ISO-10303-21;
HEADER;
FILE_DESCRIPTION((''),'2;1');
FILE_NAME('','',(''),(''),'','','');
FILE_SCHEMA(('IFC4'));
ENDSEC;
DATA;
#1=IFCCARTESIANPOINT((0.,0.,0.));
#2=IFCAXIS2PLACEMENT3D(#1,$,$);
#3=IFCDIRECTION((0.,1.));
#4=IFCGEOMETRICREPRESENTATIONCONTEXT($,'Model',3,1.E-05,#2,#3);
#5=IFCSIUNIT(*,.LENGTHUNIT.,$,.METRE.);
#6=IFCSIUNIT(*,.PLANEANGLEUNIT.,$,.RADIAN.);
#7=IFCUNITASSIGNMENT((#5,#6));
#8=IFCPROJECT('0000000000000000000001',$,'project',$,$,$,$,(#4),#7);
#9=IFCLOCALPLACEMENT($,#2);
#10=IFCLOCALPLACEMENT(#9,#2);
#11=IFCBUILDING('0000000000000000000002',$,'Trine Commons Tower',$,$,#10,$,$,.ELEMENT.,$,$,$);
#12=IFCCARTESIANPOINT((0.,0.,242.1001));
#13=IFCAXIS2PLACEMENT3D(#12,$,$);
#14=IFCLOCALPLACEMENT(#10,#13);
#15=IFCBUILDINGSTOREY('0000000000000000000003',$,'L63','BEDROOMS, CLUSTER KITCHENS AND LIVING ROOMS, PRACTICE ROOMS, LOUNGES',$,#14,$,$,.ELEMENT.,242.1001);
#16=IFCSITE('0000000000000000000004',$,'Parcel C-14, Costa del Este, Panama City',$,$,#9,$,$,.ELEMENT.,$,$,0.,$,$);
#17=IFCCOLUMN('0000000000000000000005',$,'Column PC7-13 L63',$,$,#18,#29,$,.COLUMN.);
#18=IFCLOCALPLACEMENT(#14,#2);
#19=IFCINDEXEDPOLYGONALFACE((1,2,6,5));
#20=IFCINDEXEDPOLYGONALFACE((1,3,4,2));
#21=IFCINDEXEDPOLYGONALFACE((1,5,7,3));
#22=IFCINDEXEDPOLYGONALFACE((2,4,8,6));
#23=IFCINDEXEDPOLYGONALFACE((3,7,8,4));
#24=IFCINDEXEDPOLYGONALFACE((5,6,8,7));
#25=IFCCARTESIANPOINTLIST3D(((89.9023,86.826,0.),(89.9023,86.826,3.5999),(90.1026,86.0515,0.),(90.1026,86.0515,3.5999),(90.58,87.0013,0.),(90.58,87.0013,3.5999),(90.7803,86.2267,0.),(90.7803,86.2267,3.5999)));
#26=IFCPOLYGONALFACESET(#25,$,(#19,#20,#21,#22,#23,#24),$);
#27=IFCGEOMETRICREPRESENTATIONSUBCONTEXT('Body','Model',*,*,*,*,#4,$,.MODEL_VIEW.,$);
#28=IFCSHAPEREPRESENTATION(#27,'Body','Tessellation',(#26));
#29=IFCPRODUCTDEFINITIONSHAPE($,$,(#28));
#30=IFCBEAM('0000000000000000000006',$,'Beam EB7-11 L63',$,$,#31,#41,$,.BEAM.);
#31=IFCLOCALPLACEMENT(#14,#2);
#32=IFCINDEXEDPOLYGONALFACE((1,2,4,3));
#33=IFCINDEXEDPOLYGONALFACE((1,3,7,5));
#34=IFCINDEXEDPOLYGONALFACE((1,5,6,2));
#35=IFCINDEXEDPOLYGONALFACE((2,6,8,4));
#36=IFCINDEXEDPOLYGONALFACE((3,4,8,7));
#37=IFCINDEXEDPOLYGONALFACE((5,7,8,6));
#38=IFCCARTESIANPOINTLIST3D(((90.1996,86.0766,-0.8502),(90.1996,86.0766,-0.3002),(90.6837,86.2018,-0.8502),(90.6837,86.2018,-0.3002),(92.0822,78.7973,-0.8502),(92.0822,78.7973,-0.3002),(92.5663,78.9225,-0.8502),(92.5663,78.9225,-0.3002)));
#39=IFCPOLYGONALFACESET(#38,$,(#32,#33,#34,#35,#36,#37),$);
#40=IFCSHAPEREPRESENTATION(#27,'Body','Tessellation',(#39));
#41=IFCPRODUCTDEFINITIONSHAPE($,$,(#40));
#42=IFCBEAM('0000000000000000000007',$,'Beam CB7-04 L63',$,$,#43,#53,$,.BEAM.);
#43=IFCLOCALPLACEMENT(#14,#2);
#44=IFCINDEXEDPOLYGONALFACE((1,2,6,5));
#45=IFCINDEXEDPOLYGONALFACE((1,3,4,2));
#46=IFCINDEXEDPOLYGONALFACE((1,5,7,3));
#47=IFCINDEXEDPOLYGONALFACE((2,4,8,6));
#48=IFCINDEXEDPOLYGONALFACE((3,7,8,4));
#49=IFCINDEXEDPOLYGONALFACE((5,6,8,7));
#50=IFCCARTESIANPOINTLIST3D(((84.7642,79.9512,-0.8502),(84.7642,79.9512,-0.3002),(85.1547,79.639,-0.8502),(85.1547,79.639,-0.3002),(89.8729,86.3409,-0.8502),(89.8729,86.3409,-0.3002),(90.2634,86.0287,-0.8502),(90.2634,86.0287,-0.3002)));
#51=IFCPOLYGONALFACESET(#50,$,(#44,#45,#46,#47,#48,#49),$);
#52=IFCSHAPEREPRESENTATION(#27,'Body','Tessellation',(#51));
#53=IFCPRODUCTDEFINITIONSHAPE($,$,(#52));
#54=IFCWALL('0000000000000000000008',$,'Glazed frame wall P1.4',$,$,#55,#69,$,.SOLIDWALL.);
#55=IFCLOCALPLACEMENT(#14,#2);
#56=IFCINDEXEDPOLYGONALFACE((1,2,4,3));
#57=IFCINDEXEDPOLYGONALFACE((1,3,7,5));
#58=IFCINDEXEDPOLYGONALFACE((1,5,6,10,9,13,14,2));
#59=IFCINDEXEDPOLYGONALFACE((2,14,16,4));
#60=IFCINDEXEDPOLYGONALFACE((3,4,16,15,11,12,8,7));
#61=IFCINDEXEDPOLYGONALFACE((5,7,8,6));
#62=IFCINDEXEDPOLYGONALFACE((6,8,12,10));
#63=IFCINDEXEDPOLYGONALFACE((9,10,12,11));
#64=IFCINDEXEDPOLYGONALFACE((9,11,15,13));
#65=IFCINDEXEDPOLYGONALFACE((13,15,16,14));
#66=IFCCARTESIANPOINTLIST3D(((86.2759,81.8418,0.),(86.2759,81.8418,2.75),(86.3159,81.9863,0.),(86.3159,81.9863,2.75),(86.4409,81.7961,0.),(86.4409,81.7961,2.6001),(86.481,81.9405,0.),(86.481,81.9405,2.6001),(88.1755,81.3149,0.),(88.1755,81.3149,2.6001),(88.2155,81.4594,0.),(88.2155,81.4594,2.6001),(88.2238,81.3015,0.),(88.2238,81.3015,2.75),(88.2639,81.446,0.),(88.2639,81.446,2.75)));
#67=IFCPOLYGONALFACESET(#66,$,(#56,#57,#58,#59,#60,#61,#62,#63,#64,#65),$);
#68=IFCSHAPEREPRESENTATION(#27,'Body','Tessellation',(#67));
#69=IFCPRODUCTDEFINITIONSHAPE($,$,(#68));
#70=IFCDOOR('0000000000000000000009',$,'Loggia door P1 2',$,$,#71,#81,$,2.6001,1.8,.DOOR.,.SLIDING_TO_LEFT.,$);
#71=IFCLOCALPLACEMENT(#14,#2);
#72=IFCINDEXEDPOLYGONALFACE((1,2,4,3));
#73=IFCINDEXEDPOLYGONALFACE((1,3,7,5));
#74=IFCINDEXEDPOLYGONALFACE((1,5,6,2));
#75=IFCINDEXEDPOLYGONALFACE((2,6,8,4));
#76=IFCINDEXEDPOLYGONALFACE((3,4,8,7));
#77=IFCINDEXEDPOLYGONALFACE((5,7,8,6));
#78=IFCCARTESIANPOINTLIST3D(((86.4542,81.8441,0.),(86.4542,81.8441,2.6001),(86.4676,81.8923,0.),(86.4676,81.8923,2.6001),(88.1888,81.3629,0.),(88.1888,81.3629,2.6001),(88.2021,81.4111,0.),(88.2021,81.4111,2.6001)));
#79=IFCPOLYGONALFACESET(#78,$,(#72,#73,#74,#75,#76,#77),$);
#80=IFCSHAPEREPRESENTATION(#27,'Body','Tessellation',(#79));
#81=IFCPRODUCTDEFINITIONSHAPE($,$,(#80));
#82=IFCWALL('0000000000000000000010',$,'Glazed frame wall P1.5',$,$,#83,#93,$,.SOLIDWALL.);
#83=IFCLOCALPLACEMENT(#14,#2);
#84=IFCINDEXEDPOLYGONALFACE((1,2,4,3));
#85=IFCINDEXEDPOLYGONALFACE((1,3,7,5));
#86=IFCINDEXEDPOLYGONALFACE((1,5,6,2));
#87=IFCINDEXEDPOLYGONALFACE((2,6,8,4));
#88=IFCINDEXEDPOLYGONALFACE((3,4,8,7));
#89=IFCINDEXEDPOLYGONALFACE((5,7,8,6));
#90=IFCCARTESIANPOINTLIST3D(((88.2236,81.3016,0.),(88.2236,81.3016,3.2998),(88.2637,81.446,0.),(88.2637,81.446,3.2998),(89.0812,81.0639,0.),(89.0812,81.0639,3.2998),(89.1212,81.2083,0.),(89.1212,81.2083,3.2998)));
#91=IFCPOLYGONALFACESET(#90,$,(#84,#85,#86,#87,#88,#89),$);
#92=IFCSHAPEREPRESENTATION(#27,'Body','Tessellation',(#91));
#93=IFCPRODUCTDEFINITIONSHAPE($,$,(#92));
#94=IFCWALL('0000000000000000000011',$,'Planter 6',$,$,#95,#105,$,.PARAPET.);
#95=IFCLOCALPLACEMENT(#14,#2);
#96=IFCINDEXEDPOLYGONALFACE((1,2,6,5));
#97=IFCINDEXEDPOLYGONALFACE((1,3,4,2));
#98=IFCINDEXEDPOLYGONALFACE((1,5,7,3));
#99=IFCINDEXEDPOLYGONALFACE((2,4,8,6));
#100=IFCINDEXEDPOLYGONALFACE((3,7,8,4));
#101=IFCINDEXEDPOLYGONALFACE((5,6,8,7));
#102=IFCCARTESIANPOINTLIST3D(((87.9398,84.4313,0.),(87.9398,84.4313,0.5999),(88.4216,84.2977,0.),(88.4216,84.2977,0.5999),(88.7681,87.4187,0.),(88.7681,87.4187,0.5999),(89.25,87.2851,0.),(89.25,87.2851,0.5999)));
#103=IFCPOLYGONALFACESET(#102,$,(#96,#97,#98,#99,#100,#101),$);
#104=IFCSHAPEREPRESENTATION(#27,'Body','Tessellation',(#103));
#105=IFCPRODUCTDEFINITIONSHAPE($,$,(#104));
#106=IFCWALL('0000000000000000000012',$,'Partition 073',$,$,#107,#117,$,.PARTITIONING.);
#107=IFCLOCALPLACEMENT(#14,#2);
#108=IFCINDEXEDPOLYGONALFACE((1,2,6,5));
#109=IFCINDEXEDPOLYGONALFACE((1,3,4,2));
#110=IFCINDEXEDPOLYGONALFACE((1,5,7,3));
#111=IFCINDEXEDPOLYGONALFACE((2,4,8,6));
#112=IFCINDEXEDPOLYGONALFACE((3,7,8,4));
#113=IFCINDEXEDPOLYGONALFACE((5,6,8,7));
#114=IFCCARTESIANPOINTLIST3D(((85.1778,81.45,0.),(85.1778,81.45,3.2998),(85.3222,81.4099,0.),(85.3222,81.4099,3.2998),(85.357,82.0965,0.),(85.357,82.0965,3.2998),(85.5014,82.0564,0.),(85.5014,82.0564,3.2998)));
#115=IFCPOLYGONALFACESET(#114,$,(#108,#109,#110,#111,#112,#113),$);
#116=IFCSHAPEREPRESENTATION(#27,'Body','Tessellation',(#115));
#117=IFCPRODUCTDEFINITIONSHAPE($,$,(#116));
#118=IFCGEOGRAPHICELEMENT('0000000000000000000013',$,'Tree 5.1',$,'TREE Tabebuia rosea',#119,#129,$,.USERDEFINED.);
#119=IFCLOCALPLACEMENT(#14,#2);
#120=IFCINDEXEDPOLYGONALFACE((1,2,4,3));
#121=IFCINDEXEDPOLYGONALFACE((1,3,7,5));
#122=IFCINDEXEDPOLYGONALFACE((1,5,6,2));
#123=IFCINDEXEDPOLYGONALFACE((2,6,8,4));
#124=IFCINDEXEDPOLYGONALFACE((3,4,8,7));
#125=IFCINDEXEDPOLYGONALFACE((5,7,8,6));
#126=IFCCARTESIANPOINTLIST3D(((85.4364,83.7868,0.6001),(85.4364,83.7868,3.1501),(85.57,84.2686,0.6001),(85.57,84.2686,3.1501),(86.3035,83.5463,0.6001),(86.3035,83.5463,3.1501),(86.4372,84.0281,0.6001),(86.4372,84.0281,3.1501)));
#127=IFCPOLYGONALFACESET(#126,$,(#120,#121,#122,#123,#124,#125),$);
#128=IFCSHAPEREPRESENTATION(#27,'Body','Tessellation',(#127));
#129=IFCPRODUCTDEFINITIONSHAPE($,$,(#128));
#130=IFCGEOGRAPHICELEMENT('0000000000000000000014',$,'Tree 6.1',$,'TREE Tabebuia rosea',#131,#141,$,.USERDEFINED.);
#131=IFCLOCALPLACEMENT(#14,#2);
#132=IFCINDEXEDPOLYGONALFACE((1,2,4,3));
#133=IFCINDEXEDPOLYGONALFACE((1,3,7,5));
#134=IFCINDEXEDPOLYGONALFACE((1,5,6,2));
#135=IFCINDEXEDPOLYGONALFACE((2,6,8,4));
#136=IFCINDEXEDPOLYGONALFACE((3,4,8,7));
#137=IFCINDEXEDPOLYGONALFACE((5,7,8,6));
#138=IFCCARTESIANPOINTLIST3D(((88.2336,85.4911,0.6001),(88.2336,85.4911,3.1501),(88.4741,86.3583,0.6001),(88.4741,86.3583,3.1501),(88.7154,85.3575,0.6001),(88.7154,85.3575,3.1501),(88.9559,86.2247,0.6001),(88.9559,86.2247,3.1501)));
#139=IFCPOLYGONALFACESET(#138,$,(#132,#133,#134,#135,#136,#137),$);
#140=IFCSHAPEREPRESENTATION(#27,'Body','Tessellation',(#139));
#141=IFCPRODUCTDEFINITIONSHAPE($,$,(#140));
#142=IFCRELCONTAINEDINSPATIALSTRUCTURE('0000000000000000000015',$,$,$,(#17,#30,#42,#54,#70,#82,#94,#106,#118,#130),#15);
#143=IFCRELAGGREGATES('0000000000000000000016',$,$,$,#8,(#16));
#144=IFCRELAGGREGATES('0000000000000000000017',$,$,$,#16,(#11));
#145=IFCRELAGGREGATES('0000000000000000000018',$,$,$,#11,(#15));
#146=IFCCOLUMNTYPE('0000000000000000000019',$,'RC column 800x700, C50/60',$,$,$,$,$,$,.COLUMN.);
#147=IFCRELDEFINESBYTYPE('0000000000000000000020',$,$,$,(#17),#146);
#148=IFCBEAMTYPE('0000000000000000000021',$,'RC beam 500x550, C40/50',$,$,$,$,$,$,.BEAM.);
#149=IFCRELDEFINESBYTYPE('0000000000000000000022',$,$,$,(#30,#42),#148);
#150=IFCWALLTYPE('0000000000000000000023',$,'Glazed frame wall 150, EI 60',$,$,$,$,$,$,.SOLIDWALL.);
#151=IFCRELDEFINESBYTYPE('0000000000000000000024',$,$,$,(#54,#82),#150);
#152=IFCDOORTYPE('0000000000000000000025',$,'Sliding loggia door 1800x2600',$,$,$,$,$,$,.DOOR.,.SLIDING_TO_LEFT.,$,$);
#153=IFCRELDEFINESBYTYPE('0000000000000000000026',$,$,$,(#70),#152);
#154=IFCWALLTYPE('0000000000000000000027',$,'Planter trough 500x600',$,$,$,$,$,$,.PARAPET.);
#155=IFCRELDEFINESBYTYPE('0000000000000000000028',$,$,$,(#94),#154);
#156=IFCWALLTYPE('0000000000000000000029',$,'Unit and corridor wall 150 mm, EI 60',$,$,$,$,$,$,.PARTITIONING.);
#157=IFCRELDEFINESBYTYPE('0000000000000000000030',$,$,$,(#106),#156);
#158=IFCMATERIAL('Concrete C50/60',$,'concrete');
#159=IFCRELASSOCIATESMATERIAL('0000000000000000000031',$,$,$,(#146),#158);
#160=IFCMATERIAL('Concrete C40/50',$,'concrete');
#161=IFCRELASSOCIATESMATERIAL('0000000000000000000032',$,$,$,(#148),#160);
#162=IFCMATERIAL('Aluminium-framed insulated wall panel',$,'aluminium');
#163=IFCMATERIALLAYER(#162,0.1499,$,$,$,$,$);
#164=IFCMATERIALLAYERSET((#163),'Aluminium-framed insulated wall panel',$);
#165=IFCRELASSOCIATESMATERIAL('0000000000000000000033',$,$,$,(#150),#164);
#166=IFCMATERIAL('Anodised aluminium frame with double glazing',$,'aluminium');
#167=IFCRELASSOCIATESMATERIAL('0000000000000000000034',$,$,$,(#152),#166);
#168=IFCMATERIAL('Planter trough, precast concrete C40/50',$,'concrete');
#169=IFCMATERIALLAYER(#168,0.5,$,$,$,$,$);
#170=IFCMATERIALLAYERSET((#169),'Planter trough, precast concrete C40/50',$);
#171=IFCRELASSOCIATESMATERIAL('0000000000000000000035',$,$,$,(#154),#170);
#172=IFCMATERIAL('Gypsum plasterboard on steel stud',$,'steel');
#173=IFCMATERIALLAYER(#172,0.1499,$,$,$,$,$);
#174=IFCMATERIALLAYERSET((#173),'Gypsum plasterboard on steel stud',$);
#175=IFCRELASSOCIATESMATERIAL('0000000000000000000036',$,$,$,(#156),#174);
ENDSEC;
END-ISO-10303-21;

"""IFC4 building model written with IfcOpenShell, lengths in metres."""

from ifc_helpers import new_model, si_unit, direction, frame, frame_2d, origin, origin_2d, place, context, subcontext, project, spatial, polyline, rectangle, outline, extrude, material, layer, layer_set, material_profile, profile_set, type_object, element, fill, save


model = new_model("IFC4")

# Units and contexts
model_context = context("Model", 3, precision=1e-05, world=origin(), true_north=direction((0.0, 1.0)))
body_context = subcontext(model_context, "Body", "Model", "MODEL_VIEW")
ifc_project = project(units=[si_unit("LENGTHUNIT", "METRE"), si_unit("PLANEANGLEUNIT", "RADIAN")], contexts=[model_context])

# Site, building, storey
site_placement = place(None, origin())
site = spatial("IfcSite", under=ifc_project, at=site_placement, Name="Parcel C-14, Costa del Este, Panama City", CompositionType="ELEMENT", RefElevation=0.0)
building_placement = place(site_placement, origin())
building = spatial("IfcBuilding", under=site, at=building_placement, Name="Trine Commons Tower", CompositionType="ELEMENT")
storey_placement = place(building_placement, frame((0.0, 0.0, 242.1001)))
storey = spatial("IfcBuildingStorey", under=building, at=storey_placement, Name="L63", Description="BEDROOMS, CLUSTER KITCHENS AND LIVING ROOMS, PRACTICE ROOMS, LOUNGES", CompositionType="ELEMENT", Elevation=242.1001)

# Column
ifc_material_1 = material(Name="Concrete C50/60", Category="concrete")
ifc_material_profile_1 = material_profile(ifc_material_1, rectangle(XDim=0.8, YDim=0.7, at=origin_2d()), Name="RC 800x700")
ifc_profile_set_1 = profile_set([ifc_material_profile_1], Name="Concrete C50/60")
column_type = type_object("IfcColumnType", Name="RC column 800x700, C50/60", PredefinedType="COLUMN", material=ifc_profile_set_1)
column_placement = place(storey_placement, frame((90.3413, 86.5264, 0.0), z_axis=(0.0, 0.0, 1.0), x_axis=(-0.25038, 0.968148, 0.0)))
element("IfcColumn", 1, at=column_placement, inside=storey, type_object=column_type, Name="Column PC7-13 L63", PredefinedType="COLUMN", context=body_context, shape_type="SweptSolid", body=[
    extrude(rectangle(XDim=0.8, YDim=0.7, at=origin_2d()), origin(), (0.0, 0.0, 1.0), 3.5999),
])

# Beams
ifc_material_2 = material(Name="Concrete C40/50", Category="concrete")
ifc_material_profile_2 = material_profile(ifc_material_2, rectangle(XDim=0.5, YDim=0.55, at=origin_2d()), Name="RC 500x550")
ifc_profile_set_2 = profile_set([ifc_material_profile_2], Name="Concrete C40/50")
beam_type = type_object("IfcBeamType", Name="RC beam 500x550, C40/50", PredefinedType="BEAM", material=ifc_profile_set_2)
beam_1_placement = place(storey_placement, frame((90.4417, 86.1392, -0.5752), z_axis=(0.250382, -0.968147, 0.0), x_axis=(0.968147, 0.250382, 0.0)))
element("IfcBeam", 2, at=beam_1_placement, inside=storey, type_object=beam_type, Name="Beam EB7-11 L63", PredefinedType="BEAM", context=body_context, shape_type="SweptSolid", body=[
    extrude(rectangle(XDim=0.5, YDim=0.55, at=origin_2d()), origin(), (0.0, 0.0, 1.0), 7.5188),
])
beam_2_placement = place(storey_placement, frame((90.0681, 86.1848, -0.5752), z_axis=(-0.624466, -0.781052, 0.0), x_axis=(0.781052, -0.624466, 0.0)))
element("IfcBeam", 3, at=beam_2_placement, inside=storey, type_object=beam_type, Name="Beam CB7-04 L63", PredefinedType="BEAM", context=body_context, shape_type="SweptSolid", body=[
    extrude(rectangle(XDim=0.5, YDim=0.55, at=origin_2d()), origin(), (0.0, 0.0, 1.0), 8.1809),
])

# Wall, opening, door
ifc_material_3 = material(Name="Aluminium-framed insulated wall panel", Category="aluminium")
ifc_layer_1 = layer(ifc_material_3, 0.1499)
ifc_layer_set_1 = layer_set([ifc_layer_1], Name="Aluminium-framed insulated wall panel")
wall_type_1 = type_object("IfcWallType", Name="Glazed frame wall 150, EI 60", PredefinedType="SOLIDWALL", material=ifc_layer_set_1)
wall_1_placement = place(storey_placement, frame((86.2959, 81.9141, 0.0), z_axis=(0.0, 0.0, 1.0), x_axis=(0.963615, -0.267295, 0.0)))
wall_1 = element("IfcWall", 4, at=wall_1_placement, inside=storey, type_object=wall_type_1, Name="Glazed frame wall P1.4", PredefinedType="SOLIDWALL", context=body_context, shape_type="SweptSolid", body=[
    extrude(outline(polyline([(0.0, -0.075), (2.0215, -0.075), (2.0215, 0.075), (0.0, 0.075), (0.0, -0.075)])), origin(), (0.0, 0.0, 1.0), 2.75),
])
opening_1_placement = place(wall_1_placement, frame((0.1714, 0.0, 0.0)))
opening_1 = element("IfcOpeningElement", 5, at=opening_1_placement, cuts=wall_1, PredefinedType="OPENING", context=body_context, shape_type="SweptSolid", body=[
    extrude(rectangle(XDim=1.8, YDim=2.6001, at=frame_2d((0.8999, 1.3))), frame((0.0, 0.085, 0.0), z_axis=(0.0, -1.0, 0.0), x_axis=(1.0, 0.0, 0.0)), (0.0, 0.0, 1.0), 0.1699),
])
ifc_material_4 = material(Name="Anodised aluminium frame with double glazing", Category="aluminium")
door_type = type_object("IfcDoorType", Name="Sliding loggia door 1800x2600", OperationType="SLIDING_TO_LEFT", PredefinedType="DOOR", material=ifc_material_4)
door_1_placement = place(opening_1_placement, origin())
door_1 = element("IfcDoor", 6, at=door_1_placement, inside=storey, type_object=door_type, Name="Loggia door P1 2", OperationType="SLIDING_TO_LEFT", OverallHeight=2.6001, OverallWidth=1.8, PredefinedType="DOOR", context=body_context, shape_type="SweptSolid", body=[
    extrude(rectangle(XDim=1.8, YDim=2.6001, at=frame_2d((0.8999, 1.3))), frame((0.0, 0.0249, 0.0), z_axis=(0.0, -1.0, 0.0), x_axis=(1.0, 0.0, 0.0)), (0.0, 0.0, 1.0), 0.05),
])
fill(opening_1, door_1)

# Wall
wall_2_placement = place(storey_placement, frame((88.2437, 81.3738, 0.0), z_axis=(0.0, 0.0, 1.0), x_axis=(0.963668, -0.267102, 0.0)))
element("IfcWall", 7, at=wall_2_placement, inside=storey, type_object=wall_type_1, Name="Glazed frame wall P1.5", PredefinedType="SOLIDWALL", context=body_context, shape_type="SweptSolid", body=[
    extrude(outline(polyline([(0.8899, 0.075), (0.0, 0.075), (0.0, -0.075), (0.8899, -0.075), (0.8899, 0.075)])), origin(), (0.0, 0.0, 1.0), 3.2998),
])

# Walls
ifc_material_5 = material(Name="Planter trough, precast concrete C40/50", Category="concrete")
ifc_layer_2 = layer(ifc_material_5, 0.5)
ifc_layer_set_2 = layer_set([ifc_layer_2], Name="Planter trough, precast concrete C40/50")
wall_type_2 = type_object("IfcWallType", Name="Planter trough 500x600", PredefinedType="PARAPET", material=ifc_layer_set_2)
wall_3_placement = place(storey_placement, frame((88.1807, 84.3645, 0.0), z_axis=(0.0, 0.0, 1.0), x_axis=(0.267213, 0.963637, 0.0)))
element("IfcWall", 8, at=wall_3_placement, inside=storey, type_object=wall_type_2, Name="Planter 6", PredefinedType="PARAPET", context=body_context, shape_type="SweptSolid", body=[
    extrude(rectangle(XDim=3.1001, YDim=0.5, at=frame_2d((1.55, 0.0))), origin(), (0.0, 0.0, 1.0), 0.5999),
])
ifc_material_6 = material(Name="Gypsum plasterboard on steel stud", Category="steel")
ifc_layer_3 = layer(ifc_material_6, 0.1499)
ifc_layer_set_3 = layer_set([ifc_layer_3], Name="Gypsum plasterboard on steel stud")
wall_type_3 = type_object("IfcWallType", Name="Unit and corridor wall 150 mm, EI 60", PredefinedType="PARTITIONING", material=ifc_layer_set_3)
wall_4_placement = place(storey_placement, frame((85.25, 81.4299, 0.0), z_axis=(0.0, 0.0, 1.0), x_axis=(0.267118, 0.963664, 0.0)))
element("IfcWall", 9, at=wall_4_placement, inside=storey, type_object=wall_type_3, Name="Partition 073", PredefinedType="PARTITIONING", context=body_context, shape_type="SweptSolid", body=[
    extrude(rectangle(XDim=0.6709, YDim=0.1499, at=frame_2d((0.3354, 0.0))), origin(), (0.0, 0.0, 1.0), 3.2998),
])

# Geographic elements
for number, where, z_axis, x_axis, name in (
    (10, (85.9368, 83.9075, 0.6001), (0.0, 0.0, 1.0), (0.963634, -0.267227, 0.0), "Tree 5.1"),
    (11, (88.5947, 85.8579, 0.6001), (0.0, 0.0, 1.0), (0.26724, 0.96363, 0.0), "Tree 6.1"),
):
    element("IfcGeographicElement", number, at=place(storey_placement, frame(where, z_axis=z_axis, x_axis=x_axis)), inside=storey, Name=name, ObjectType="TREE Tabebuia rosea", PredefinedType="USERDEFINED", context=body_context, shape_type="SweptSolid", body=[
        extrude(rectangle(XDim=0.8999, YDim=0.5, at=origin_2d()), origin(), (0.0, 0.0, 1.0), 2.55),
    ])

save(model, "model.ifc")
